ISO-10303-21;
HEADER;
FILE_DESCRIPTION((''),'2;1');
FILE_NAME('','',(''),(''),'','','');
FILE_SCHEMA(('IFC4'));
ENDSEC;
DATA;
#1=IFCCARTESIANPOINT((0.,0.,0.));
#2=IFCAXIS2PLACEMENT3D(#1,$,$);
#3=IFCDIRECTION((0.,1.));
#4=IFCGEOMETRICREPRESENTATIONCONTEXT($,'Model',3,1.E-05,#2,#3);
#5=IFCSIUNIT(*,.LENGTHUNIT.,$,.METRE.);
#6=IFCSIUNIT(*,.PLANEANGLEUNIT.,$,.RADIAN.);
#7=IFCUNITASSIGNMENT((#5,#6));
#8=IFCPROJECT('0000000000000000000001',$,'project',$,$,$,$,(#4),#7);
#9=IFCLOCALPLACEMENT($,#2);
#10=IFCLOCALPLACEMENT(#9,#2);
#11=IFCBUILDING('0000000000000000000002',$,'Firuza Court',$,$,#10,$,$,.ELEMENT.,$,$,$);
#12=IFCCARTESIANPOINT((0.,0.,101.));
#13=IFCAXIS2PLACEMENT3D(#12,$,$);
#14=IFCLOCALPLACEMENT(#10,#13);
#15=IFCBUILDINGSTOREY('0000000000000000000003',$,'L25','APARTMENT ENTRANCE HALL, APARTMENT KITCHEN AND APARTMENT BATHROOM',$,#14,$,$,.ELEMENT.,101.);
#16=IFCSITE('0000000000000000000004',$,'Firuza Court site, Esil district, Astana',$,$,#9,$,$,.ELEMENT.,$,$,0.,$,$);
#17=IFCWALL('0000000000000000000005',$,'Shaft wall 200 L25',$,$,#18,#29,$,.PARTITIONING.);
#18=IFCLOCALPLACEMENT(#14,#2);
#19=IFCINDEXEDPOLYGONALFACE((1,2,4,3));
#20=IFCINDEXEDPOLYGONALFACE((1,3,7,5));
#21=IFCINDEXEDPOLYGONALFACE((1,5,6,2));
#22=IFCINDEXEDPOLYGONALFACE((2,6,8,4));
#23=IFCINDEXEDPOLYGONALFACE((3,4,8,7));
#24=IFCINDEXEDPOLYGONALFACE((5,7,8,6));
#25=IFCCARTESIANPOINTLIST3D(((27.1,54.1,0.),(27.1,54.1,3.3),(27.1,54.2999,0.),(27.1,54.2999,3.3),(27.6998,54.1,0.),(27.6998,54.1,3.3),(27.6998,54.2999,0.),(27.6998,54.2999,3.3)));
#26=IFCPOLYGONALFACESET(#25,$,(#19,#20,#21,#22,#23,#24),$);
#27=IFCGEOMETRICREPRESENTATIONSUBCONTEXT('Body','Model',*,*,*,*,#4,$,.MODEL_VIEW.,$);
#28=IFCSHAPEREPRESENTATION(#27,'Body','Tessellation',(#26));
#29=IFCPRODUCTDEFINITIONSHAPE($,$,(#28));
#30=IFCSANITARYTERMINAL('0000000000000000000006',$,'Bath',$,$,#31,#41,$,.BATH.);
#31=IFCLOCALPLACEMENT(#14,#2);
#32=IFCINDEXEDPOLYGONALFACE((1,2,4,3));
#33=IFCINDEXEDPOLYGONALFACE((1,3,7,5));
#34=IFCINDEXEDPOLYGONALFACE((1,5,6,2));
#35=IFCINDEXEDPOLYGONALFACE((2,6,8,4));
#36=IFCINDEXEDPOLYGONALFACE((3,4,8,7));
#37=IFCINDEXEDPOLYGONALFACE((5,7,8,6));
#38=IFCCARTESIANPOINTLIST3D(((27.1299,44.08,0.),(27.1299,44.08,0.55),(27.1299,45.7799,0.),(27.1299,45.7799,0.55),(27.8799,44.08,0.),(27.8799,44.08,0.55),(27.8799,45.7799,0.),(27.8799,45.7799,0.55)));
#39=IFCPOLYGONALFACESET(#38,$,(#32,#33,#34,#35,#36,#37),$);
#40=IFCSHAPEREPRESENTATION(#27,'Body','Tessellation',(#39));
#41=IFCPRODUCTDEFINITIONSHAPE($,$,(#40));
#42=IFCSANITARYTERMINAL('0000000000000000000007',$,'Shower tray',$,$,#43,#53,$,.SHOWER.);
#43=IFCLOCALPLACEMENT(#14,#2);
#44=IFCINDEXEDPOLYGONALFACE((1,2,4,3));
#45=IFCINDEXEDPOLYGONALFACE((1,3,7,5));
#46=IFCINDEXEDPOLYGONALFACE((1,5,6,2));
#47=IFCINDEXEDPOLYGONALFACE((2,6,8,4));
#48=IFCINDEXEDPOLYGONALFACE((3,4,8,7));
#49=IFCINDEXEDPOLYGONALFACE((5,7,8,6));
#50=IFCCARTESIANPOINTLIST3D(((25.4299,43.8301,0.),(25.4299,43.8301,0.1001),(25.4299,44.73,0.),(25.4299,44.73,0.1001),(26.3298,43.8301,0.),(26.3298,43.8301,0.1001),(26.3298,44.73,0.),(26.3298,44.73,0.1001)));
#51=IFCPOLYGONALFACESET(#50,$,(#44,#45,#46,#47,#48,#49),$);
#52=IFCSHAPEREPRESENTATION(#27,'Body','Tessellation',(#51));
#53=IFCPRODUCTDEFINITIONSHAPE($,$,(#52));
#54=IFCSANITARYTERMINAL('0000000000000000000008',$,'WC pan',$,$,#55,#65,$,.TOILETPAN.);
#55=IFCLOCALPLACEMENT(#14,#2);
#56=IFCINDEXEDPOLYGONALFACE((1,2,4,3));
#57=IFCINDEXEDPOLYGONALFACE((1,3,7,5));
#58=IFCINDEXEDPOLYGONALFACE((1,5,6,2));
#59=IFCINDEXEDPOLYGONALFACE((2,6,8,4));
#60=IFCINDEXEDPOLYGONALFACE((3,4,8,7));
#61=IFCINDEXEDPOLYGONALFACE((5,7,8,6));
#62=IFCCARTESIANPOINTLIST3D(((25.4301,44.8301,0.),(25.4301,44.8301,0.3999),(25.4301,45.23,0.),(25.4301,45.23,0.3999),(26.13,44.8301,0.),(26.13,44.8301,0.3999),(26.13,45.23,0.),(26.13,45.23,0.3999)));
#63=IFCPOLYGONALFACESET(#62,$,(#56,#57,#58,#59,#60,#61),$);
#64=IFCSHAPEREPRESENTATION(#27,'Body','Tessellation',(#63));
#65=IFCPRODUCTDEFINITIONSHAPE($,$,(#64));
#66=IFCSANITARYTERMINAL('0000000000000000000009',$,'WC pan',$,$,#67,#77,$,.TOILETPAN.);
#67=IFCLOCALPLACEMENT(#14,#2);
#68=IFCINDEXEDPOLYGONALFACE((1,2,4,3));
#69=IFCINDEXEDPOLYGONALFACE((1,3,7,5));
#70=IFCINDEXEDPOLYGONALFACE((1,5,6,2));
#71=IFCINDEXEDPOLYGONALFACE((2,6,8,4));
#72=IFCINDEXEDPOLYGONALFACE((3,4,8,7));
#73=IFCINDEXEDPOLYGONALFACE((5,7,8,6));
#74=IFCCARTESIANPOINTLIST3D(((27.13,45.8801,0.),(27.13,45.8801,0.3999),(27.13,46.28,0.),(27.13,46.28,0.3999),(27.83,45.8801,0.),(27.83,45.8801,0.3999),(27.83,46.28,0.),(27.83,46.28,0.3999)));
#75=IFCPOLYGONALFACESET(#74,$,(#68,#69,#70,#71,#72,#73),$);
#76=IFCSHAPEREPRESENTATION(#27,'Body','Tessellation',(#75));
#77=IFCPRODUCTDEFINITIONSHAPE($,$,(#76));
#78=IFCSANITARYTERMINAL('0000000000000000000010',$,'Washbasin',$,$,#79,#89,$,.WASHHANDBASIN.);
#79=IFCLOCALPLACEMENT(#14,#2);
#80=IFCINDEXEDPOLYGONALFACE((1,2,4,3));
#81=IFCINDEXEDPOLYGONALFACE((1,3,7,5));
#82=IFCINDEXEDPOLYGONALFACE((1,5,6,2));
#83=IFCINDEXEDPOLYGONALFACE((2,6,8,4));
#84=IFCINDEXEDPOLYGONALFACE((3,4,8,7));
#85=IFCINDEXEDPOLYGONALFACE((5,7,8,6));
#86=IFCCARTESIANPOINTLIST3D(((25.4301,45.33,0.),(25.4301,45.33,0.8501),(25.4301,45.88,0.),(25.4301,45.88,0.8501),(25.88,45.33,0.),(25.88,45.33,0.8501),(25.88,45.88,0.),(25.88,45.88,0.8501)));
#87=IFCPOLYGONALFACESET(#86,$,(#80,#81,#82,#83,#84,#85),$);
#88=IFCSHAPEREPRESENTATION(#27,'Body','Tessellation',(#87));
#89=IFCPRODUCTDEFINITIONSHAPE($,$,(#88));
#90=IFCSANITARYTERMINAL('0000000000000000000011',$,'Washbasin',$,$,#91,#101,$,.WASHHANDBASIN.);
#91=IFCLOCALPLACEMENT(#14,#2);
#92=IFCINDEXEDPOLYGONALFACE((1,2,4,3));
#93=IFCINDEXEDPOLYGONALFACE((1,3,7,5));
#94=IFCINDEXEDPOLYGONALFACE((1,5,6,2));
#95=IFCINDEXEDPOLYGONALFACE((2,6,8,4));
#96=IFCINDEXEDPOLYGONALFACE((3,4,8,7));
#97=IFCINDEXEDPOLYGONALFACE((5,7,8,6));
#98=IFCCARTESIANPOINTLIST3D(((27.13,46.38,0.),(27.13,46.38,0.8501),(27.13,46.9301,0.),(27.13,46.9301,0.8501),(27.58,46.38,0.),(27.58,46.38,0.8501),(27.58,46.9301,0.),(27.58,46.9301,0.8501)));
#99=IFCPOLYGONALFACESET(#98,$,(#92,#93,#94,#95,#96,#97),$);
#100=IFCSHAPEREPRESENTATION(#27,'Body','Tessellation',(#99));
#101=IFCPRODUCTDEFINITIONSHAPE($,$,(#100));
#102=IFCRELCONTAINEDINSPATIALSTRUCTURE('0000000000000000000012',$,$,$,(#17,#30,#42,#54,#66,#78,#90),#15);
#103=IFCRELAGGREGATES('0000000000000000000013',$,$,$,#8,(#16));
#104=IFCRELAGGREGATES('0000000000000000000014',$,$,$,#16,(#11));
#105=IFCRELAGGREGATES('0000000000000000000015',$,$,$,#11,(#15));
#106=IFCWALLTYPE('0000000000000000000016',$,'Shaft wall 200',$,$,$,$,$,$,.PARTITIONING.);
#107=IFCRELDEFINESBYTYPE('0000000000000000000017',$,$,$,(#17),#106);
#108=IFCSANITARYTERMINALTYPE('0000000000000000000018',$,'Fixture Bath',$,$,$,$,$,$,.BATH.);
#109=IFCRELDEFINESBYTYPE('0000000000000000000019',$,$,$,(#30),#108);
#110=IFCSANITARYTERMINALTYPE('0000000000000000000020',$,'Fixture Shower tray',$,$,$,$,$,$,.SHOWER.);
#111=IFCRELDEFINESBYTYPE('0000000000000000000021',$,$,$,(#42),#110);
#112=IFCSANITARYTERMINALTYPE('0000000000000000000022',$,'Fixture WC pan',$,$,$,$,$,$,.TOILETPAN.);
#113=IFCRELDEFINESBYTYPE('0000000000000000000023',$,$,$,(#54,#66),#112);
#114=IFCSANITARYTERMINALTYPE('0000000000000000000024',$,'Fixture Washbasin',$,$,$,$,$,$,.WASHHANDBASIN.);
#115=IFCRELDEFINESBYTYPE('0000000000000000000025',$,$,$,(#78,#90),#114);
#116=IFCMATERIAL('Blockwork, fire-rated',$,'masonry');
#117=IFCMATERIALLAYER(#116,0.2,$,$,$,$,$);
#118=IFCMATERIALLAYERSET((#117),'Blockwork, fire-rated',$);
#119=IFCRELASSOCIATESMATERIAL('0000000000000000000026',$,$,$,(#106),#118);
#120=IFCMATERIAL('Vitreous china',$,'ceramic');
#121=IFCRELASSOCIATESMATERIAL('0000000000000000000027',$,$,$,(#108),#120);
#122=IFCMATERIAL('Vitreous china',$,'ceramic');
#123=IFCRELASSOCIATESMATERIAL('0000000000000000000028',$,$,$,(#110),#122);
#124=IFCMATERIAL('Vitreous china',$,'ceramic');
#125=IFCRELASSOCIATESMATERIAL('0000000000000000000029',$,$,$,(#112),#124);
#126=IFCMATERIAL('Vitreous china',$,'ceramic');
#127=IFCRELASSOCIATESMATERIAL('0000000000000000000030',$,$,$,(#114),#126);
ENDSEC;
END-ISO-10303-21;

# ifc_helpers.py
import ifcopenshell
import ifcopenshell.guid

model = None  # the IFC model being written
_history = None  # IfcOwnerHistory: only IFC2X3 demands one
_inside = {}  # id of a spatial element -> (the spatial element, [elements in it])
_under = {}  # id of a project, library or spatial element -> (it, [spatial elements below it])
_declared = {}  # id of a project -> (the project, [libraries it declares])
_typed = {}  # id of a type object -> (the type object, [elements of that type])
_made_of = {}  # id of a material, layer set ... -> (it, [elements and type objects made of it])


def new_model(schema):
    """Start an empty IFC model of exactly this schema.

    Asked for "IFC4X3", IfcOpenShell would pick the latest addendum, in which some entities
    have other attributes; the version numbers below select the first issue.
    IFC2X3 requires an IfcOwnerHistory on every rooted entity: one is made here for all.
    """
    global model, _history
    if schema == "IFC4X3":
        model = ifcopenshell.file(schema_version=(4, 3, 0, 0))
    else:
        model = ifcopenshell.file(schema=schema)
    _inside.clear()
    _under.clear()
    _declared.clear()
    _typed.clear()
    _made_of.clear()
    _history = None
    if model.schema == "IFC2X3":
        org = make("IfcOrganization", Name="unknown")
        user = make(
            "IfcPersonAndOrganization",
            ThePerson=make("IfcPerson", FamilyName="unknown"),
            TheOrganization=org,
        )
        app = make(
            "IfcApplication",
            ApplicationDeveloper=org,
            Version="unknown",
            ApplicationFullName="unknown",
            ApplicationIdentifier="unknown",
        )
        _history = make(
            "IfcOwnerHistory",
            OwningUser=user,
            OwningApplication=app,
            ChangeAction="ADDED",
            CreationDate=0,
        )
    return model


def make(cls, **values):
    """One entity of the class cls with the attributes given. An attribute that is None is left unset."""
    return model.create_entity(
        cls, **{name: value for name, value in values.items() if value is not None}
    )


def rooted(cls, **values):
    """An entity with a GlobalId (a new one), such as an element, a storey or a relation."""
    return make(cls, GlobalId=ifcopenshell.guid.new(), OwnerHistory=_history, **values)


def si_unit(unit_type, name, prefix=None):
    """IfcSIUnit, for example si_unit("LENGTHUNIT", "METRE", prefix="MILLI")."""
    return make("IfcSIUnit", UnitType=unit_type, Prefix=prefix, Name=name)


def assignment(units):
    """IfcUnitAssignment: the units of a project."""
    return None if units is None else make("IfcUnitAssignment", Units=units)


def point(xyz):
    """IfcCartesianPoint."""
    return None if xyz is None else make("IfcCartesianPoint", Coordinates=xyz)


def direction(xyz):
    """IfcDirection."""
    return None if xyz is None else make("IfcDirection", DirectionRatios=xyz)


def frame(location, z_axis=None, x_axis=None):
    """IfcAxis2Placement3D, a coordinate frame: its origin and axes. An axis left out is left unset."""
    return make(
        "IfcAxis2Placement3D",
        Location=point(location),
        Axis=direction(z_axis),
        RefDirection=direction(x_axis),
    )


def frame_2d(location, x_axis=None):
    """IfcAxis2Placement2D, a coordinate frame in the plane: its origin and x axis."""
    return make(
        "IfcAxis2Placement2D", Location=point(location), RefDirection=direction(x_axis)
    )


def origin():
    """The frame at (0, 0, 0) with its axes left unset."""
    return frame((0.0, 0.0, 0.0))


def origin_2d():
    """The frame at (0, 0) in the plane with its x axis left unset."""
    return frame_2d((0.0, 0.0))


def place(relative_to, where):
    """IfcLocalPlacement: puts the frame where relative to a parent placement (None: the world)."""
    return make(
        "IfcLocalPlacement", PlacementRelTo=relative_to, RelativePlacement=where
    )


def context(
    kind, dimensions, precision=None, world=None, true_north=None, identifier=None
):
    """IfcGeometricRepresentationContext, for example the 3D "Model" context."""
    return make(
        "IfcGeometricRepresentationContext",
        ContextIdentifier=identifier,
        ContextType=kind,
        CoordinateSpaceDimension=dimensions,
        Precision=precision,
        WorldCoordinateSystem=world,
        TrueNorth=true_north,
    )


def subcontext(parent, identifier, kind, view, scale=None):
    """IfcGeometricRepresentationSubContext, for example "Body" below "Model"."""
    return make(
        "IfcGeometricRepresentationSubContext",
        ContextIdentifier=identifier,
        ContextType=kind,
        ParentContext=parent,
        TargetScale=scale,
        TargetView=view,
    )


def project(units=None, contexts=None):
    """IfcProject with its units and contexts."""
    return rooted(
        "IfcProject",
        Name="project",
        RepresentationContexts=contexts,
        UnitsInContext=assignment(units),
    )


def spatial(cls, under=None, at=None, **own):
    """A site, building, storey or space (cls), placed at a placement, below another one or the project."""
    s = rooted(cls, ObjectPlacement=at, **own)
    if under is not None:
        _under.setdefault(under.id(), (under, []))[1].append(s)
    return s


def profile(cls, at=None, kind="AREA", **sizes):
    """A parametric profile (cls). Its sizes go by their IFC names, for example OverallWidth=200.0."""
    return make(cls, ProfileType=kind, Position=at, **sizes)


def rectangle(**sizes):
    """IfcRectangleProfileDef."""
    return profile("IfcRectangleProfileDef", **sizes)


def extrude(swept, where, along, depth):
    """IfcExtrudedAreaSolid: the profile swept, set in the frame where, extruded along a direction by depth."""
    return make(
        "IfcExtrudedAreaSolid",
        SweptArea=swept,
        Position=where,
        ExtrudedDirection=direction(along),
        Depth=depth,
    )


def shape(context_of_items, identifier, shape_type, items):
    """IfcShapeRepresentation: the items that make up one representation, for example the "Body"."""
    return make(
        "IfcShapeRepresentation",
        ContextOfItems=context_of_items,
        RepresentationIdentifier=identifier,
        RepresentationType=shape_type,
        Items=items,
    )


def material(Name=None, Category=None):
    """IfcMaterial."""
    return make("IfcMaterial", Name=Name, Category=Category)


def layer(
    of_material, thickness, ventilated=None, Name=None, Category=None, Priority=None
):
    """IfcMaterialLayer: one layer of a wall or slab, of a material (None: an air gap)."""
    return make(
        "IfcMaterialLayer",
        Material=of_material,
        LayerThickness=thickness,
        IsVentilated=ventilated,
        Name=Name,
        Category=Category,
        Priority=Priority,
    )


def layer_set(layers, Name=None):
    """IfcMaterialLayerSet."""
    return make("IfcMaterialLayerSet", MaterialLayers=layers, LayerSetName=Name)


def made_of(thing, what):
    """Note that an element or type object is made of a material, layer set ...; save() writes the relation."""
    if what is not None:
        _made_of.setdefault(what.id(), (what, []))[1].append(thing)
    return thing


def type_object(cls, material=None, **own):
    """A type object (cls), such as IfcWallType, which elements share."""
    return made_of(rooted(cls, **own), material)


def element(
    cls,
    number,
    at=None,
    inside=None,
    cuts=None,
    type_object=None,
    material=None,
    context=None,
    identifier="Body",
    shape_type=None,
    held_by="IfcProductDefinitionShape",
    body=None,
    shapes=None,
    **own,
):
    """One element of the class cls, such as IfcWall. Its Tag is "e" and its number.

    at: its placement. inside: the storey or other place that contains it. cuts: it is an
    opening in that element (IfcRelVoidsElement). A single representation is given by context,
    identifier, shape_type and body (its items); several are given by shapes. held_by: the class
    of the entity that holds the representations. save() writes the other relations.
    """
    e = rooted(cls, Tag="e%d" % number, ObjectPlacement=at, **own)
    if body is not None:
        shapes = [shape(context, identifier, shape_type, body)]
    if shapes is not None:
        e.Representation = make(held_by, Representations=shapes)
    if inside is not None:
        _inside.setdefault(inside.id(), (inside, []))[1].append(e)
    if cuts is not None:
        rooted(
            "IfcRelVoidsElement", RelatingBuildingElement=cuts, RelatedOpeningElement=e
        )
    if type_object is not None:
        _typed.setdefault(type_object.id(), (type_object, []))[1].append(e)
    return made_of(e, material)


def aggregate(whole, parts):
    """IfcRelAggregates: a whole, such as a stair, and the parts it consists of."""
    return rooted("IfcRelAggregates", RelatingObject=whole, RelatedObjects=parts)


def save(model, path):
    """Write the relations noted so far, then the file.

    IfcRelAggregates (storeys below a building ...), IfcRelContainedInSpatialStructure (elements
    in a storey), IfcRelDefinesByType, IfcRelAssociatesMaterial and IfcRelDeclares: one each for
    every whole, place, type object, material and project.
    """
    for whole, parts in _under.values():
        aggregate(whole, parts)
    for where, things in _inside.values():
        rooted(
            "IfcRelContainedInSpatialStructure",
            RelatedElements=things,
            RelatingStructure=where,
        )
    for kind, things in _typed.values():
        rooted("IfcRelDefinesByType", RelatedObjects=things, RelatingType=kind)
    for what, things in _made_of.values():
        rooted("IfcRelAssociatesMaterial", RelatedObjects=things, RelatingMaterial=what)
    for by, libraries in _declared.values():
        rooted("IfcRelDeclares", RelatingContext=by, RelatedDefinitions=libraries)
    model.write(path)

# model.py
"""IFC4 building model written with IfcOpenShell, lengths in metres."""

from ifc_helpers import new_model, si_unit, direction, frame, frame_2d, origin, origin_2d, place, context, subcontext, project, spatial, rectangle, extrude, material, layer, layer_set, type_object, element, save


model = new_model("IFC4")

# Units and contexts
model_context = context("Model", 3, precision=1e-05, world=origin(), true_north=direction((0.0, 1.0)))
body_context = subcontext(model_context, "Body", "Model", "MODEL_VIEW")
ifc_project = project(units=[si_unit("LENGTHUNIT", "METRE"), si_unit("PLANEANGLEUNIT", "RADIAN")], contexts=[model_context])

# Site, building, storey
site_placement = place(None, origin())
site = spatial("IfcSite", under=ifc_project, at=site_placement, Name="Firuza Court site, Esil district, Astana", CompositionType="ELEMENT", RefElevation=0.0)
building_placement = place(site_placement, origin())
building = spatial("IfcBuilding", under=site, at=building_placement, Name="Firuza Court", CompositionType="ELEMENT")
storey_placement = place(building_placement, frame((0.0, 0.0, 101.0)))
storey = spatial("IfcBuildingStorey", under=building, at=storey_placement, Name="L25", Description="APARTMENT ENTRANCE HALL, APARTMENT KITCHEN AND APARTMENT BATHROOM", CompositionType="ELEMENT", Elevation=101.0)

# Shared definitions
ifc_material_1 = material(Name="Blockwork, fire-rated", Category="masonry")

# Shared definitions
ifc_layer_1 = layer(ifc_material_1, 0.2)
ifc_layer_set_1 = layer_set([ifc_layer_1], Name="Blockwork, fire-rated")
wall_type_1 = type_object("IfcWallType", Name="Shaft wall 200", PredefinedType="PARTITIONING", material=ifc_layer_set_1)

# Wall
wall_1_placement = place(storey_placement, frame((27.1001, 54.2, 0.0), z_axis=(0.0, 0.0, 1.0), x_axis=(1.0, 0.0, 0.0)))
element("IfcWall", 1, at=wall_1_placement, inside=storey, type_object=wall_type_1, Name="Shaft wall 200 L25", PredefinedType="PARTITIONING", context=body_context, shape_type="SweptSolid", body=[
    extrude(rectangle(XDim=0.5999, YDim=0.2, at=frame_2d((0.2998, 0.0))), origin(), (0.0, 0.0, 1.0), 3.3),
])

# Sanitary terminals
ifc_material_2 = material(Name="Vitreous china", Category="ceramic")
sanitary_terminal_type_1 = type_object("IfcSanitaryTerminalType", Name="Fixture Bath", PredefinedType="BATH", material=ifc_material_2)
sanitary_terminal_1_placement = place(storey_placement, frame((27.5049, 44.9299, 0.0), z_axis=(0.0, 0.0, 1.0), x_axis=(1.0, 0.0, 0.0)))
element("IfcSanitaryTerminal", 2, at=sanitary_terminal_1_placement, inside=storey, type_object=sanitary_terminal_type_1, Name="Bath", PredefinedType="BATH", context=body_context, shape_type="SweptSolid", body=[
    extrude(rectangle(XDim=0.75, YDim=1.7, at=origin_2d()), origin(), (0.0, 0.0, 1.0), 0.55),
])
ifc_material_3 = material(Name="Vitreous china", Category="ceramic")
sanitary_terminal_type_2 = type_object("IfcSanitaryTerminalType", Name="Fixture Shower tray", PredefinedType="SHOWER", material=ifc_material_3)
sanitary_terminal_2_placement = place(storey_placement, frame((25.8799, 44.28, 0.0), z_axis=(0.0, 0.0, 1.0), x_axis=(1.0, 0.0, 0.0)))
element("IfcSanitaryTerminal", 3, at=sanitary_terminal_2_placement, inside=storey, type_object=sanitary_terminal_type_2, Name="Shower tray", PredefinedType="SHOWER", context=body_context, shape_type="SweptSolid", body=[
    extrude(rectangle(XDim=0.8999, YDim=0.8999, at=origin_2d()), origin(), (0.0, 0.0, 1.0), 0.1001),
])
ifc_material_4 = material(Name="Vitreous china", Category="ceramic")
sanitary_terminal_type_3 = type_object("IfcSanitaryTerminalType", Name="Fixture WC pan", PredefinedType="TOILETPAN", material=ifc_material_4)
for number, where, z_axis, x_axis, name in (
    (4, (25.78, 45.03, 0.0), (0.0, 0.0, 1.0), (1.0, 0.0, 0.0), "WC pan"),
    (5, (27.48, 46.0801, 0.0), (0.0, 0.0, 1.0), (1.0, 0.0, 0.0), "WC pan"),
):
    element("IfcSanitaryTerminal", number, at=place(storey_placement, frame(where, z_axis=z_axis, x_axis=x_axis)), inside=storey, type_object=sanitary_terminal_type_3, Name=name, PredefinedType="TOILETPAN", context=body_context, shape_type="SweptSolid", body=[
        extrude(rectangle(XDim=0.7, YDim=0.3999, at=origin_2d()), origin(), (0.0, 0.0, 1.0), 0.3999),
    ])
ifc_material_5 = material(Name="Vitreous china", Category="ceramic")
sanitary_terminal_type_4 = type_object("IfcSanitaryTerminalType", Name="Fixture Washbasin", PredefinedType="WASHHANDBASIN", material=ifc_material_5)
for number, where, z_axis, x_axis, name in (
    (6, (25.655, 45.605, 0.0), (0.0, 0.0, 1.0), (1.0, 0.0, 0.0), "Washbasin"),
    (7, (27.355, 46.655, 0.0), (0.0, 0.0, 1.0), (1.0, 0.0, 0.0), "Washbasin"),
):
    element("IfcSanitaryTerminal", number, at=place(storey_placement, frame(where, z_axis=z_axis, x_axis=x_axis)), inside=storey, type_object=sanitary_terminal_type_4, Name=name, PredefinedType="WASHHANDBASIN", context=body_context, shape_type="SweptSolid", body=[
        extrude(rectangle(XDim=0.45, YDim=0.55, at=origin_2d()), origin(), (0.0, 0.0, 1.0), 0.8501),
    ])

save(model, "model.ifc")
